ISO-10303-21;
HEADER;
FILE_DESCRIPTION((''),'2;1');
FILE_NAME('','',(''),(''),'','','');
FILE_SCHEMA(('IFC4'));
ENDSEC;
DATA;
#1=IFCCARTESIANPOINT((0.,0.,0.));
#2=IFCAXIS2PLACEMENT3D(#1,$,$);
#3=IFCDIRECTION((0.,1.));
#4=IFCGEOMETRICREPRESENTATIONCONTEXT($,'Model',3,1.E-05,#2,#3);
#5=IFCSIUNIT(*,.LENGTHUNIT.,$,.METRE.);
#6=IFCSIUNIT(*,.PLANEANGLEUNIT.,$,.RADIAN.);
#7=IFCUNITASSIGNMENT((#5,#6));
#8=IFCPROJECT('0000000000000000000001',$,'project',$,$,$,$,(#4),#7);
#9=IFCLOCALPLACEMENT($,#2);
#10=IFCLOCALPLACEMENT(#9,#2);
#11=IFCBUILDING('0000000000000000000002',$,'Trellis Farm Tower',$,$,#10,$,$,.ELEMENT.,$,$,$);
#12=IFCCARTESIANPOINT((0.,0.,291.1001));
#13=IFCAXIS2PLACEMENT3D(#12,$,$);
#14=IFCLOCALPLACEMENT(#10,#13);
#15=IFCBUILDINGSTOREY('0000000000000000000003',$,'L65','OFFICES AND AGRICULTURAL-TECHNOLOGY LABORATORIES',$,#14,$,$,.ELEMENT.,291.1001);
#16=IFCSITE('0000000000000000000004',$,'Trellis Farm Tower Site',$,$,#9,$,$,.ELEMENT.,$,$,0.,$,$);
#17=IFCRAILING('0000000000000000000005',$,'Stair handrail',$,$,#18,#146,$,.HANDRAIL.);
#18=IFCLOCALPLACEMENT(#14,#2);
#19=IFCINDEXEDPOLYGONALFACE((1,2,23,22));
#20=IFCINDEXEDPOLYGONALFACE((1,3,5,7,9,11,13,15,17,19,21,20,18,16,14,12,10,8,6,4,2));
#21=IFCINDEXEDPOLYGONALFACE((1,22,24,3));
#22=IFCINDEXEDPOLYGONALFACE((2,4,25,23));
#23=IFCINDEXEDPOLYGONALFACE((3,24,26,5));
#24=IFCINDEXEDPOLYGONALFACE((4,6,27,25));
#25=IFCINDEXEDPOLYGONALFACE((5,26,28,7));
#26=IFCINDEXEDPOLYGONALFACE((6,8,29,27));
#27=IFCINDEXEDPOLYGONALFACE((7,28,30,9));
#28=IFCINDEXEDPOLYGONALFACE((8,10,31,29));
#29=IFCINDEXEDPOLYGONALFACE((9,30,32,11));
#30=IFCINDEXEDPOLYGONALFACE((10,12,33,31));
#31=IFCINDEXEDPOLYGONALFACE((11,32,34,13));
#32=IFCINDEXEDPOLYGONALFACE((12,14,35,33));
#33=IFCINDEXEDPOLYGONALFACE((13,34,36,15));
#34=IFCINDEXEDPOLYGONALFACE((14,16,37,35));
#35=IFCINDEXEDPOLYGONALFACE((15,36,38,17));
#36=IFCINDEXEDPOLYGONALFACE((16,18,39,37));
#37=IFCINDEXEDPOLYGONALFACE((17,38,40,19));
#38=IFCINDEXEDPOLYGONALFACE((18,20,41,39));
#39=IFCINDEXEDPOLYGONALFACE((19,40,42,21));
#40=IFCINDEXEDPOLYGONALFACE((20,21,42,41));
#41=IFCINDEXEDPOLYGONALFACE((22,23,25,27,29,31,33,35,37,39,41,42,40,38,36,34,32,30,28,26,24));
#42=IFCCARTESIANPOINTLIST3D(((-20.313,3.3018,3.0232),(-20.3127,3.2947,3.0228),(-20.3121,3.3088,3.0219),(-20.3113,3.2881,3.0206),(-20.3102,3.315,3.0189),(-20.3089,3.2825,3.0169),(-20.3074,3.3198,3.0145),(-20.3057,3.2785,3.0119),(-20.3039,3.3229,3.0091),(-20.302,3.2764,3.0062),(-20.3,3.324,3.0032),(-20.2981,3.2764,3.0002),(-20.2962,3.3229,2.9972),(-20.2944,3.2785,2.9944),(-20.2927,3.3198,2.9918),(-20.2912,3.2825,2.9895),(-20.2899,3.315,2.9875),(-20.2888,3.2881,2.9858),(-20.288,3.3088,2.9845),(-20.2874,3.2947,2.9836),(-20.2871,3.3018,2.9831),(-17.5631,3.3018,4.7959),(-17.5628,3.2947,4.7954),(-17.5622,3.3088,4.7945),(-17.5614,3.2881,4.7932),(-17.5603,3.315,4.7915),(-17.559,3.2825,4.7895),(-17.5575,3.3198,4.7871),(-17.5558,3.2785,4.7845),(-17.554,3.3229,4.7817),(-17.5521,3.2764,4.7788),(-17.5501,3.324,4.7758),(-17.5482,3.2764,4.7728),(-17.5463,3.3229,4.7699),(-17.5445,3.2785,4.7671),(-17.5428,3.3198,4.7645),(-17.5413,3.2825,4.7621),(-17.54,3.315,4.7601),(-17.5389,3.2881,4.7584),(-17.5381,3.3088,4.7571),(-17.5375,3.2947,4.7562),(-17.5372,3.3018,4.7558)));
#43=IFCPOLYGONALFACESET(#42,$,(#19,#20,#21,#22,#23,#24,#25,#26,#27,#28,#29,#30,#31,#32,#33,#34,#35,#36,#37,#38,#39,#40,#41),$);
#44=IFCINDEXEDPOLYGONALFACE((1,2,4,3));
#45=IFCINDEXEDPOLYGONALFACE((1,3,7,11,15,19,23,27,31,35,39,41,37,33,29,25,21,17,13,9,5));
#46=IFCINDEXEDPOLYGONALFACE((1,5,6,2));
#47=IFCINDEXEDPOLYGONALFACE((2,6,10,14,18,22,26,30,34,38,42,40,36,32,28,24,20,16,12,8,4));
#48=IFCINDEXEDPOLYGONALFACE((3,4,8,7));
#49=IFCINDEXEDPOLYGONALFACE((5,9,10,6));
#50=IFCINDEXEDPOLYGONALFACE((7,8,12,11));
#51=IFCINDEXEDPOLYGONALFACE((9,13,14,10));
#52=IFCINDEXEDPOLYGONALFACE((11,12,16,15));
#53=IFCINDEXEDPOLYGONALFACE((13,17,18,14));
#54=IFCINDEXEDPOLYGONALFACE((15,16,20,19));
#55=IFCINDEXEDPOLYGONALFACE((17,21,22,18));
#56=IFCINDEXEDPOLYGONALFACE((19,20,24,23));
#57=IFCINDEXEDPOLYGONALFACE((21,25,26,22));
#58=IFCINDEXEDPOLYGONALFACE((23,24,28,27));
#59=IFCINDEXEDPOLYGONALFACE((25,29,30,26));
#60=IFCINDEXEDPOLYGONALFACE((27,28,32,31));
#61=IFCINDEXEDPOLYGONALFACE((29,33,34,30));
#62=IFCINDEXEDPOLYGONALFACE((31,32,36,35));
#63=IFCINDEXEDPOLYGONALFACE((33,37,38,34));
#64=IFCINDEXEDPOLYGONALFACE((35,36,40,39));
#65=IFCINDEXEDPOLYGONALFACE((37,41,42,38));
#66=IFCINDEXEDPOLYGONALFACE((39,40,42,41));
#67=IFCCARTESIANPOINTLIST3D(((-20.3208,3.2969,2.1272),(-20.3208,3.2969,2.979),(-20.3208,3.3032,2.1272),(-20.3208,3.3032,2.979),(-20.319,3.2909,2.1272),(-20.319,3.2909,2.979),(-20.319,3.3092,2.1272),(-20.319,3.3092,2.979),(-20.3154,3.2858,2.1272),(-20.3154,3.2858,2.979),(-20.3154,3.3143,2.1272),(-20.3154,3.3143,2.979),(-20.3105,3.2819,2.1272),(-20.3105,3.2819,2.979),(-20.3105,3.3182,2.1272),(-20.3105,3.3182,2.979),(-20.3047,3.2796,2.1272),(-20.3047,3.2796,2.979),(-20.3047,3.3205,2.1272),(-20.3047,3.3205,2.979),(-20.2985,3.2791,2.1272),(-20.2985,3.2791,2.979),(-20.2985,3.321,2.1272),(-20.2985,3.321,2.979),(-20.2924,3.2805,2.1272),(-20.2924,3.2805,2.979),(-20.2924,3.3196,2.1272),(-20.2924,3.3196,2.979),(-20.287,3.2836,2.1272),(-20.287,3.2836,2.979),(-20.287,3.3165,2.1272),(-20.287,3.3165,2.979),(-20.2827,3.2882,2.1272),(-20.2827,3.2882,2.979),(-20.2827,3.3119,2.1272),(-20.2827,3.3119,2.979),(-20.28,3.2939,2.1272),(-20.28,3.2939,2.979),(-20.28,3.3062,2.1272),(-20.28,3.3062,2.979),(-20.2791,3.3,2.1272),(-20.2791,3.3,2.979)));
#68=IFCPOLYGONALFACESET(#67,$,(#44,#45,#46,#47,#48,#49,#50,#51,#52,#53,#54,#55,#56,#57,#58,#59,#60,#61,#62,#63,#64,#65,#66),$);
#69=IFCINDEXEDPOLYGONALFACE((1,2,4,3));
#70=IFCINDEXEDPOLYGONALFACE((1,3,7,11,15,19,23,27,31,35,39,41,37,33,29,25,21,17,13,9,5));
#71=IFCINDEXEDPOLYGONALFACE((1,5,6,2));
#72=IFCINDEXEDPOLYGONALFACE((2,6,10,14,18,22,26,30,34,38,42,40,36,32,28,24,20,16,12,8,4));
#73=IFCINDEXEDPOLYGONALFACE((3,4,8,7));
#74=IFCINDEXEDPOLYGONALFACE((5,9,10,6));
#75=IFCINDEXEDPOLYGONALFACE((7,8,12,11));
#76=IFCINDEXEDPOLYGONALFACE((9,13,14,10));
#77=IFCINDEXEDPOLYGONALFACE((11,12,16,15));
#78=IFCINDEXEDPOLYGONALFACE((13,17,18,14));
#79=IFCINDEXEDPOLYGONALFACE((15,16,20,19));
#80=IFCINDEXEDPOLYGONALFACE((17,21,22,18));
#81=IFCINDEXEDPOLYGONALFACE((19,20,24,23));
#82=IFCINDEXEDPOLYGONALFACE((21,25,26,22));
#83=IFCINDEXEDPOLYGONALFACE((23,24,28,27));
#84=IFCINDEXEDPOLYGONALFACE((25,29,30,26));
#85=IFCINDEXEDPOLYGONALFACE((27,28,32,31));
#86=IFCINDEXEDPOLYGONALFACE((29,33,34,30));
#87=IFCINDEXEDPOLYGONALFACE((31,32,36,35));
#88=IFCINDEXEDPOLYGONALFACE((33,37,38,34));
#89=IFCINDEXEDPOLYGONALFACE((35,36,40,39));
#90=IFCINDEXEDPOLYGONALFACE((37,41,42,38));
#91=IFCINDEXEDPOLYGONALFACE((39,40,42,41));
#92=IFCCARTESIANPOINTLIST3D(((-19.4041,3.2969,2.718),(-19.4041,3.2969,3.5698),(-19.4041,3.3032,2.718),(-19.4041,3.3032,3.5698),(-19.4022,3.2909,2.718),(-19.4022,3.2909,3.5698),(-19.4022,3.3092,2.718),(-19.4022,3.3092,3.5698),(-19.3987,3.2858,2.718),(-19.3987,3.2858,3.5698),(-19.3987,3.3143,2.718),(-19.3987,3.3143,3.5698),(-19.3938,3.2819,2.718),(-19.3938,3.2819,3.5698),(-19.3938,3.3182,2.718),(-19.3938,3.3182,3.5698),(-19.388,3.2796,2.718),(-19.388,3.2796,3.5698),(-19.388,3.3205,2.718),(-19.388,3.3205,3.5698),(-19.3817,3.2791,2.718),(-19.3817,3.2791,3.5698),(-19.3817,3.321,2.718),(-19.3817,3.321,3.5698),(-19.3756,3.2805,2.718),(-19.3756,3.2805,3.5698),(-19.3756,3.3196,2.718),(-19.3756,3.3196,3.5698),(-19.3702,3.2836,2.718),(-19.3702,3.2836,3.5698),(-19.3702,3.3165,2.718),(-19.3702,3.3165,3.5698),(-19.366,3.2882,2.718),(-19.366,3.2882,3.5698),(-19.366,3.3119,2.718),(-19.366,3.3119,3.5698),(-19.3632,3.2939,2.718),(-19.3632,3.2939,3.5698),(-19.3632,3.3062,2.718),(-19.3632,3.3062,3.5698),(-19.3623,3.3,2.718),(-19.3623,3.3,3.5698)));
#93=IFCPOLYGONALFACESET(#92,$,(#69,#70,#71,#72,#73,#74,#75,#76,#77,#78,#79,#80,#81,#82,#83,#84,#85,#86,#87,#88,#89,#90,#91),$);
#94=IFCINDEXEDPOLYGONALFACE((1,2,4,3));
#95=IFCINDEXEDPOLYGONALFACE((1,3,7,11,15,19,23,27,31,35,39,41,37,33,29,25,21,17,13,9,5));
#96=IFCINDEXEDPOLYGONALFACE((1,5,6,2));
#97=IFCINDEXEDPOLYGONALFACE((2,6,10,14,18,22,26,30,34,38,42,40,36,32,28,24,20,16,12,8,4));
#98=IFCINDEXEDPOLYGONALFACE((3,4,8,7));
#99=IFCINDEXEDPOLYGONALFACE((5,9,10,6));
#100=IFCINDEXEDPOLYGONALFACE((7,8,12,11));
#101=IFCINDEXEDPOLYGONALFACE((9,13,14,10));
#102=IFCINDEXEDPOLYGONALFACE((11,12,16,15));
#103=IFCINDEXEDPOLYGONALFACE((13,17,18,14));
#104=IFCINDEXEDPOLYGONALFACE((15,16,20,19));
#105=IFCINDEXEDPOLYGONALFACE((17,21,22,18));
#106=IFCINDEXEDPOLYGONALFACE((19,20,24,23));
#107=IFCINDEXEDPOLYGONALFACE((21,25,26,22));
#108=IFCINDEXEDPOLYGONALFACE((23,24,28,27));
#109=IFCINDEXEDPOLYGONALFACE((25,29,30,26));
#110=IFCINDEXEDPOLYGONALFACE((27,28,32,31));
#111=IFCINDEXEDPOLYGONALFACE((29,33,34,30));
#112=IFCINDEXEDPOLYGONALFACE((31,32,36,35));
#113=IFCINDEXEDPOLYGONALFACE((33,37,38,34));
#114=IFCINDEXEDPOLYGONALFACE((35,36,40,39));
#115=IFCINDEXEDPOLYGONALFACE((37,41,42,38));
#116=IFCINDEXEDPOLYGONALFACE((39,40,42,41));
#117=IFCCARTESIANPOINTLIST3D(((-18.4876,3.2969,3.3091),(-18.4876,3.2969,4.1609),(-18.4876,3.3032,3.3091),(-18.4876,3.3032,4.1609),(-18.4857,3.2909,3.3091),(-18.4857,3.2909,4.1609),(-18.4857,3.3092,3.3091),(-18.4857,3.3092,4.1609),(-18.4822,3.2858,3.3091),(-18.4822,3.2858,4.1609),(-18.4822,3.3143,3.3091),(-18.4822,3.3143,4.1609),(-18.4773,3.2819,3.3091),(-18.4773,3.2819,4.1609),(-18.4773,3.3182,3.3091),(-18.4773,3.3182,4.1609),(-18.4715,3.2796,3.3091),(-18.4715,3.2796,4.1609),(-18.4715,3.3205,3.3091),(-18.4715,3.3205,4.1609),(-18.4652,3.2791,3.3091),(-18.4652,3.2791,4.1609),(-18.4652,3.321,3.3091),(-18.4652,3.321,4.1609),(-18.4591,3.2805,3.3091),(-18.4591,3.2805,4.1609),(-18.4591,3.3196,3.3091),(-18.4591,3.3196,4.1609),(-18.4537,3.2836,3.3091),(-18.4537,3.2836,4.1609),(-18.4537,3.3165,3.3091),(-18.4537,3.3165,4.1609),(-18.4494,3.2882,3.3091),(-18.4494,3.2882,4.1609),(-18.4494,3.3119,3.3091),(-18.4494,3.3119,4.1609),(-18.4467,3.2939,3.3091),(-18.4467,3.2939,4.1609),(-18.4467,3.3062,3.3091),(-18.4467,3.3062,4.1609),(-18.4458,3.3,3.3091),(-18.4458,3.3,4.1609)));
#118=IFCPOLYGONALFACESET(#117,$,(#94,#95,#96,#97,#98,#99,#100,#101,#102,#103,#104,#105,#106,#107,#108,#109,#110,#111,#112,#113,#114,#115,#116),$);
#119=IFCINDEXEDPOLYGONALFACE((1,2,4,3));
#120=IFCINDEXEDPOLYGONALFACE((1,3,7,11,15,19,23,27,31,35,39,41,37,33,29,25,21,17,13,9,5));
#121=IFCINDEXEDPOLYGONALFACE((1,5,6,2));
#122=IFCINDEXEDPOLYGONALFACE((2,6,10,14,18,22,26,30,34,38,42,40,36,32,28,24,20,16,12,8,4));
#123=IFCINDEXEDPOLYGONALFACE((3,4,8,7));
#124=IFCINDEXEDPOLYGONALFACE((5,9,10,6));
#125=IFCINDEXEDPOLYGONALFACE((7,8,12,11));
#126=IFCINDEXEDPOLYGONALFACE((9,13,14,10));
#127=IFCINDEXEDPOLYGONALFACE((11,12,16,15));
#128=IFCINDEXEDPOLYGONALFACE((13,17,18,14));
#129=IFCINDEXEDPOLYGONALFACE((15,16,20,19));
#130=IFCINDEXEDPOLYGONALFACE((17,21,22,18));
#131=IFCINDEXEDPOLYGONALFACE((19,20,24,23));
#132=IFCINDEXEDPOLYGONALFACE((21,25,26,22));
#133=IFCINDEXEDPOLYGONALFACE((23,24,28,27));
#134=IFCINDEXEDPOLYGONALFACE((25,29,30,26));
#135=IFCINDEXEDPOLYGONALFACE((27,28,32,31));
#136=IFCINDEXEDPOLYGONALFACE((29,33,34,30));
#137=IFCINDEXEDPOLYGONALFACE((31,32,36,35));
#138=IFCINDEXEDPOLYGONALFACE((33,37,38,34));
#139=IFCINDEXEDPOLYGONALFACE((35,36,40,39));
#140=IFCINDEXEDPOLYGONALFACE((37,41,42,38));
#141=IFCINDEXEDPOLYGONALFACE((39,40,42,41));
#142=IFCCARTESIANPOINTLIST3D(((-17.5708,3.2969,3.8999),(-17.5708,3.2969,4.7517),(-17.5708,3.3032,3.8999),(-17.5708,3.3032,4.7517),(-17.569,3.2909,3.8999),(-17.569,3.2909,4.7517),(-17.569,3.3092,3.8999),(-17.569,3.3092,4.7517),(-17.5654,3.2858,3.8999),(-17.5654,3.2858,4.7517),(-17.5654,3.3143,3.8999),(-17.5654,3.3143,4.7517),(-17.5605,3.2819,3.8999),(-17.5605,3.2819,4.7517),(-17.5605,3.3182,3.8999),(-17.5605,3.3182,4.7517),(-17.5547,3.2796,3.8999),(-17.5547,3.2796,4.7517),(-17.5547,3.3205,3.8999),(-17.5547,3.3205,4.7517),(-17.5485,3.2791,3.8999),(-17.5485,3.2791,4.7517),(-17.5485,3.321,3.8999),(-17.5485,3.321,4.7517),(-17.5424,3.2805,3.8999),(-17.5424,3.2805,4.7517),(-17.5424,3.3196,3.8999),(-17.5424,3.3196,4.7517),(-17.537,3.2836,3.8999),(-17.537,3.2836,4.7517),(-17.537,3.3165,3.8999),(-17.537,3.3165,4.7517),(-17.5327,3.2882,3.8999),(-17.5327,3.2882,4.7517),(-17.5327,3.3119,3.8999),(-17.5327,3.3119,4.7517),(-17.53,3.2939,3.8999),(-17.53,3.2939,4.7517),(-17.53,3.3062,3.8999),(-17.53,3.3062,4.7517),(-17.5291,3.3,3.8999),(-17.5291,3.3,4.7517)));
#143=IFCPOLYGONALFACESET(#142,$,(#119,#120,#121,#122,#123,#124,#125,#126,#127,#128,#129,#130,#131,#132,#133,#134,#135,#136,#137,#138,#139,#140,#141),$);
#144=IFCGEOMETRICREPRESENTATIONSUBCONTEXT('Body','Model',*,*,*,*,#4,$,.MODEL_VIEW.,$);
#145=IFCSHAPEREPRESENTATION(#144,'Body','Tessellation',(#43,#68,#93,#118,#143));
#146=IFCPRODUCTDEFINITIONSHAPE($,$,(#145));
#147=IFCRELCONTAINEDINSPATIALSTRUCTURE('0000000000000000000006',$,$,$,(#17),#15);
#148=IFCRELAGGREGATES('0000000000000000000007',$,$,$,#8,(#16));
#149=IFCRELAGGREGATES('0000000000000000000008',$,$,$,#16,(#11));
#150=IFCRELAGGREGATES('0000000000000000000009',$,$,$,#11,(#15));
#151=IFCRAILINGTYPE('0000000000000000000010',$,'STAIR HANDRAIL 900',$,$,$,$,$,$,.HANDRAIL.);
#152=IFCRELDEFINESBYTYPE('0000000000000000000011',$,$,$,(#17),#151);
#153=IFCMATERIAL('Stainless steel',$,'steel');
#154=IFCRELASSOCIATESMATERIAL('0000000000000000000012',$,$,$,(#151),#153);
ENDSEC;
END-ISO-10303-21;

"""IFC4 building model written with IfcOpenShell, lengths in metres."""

from ifc_helpers import new_model, si_unit, direction, frame, origin, origin_2d, place, context, subcontext, project, spatial, circle, extrude, source, transform, mapped, material, type_object, element, save


model = new_model("IFC4")

# Units and contexts
model_context = context("Model", 3, precision=1e-05, world=origin(), true_north=direction((0.0, 1.0)))
body_context = subcontext(model_context, "Body", "Model", "MODEL_VIEW")
ifc_project = project(units=[si_unit("LENGTHUNIT", "METRE"), si_unit("PLANEANGLEUNIT", "RADIAN")], contexts=[model_context])

# Site, building, storey
site_placement = place(None, origin())
site = spatial("IfcSite", under=ifc_project, at=site_placement, Name="Trellis Farm Tower Site", CompositionType="ELEMENT", RefElevation=0.0)
building_placement = place(site_placement, origin())
building = spatial("IfcBuilding", under=site, at=building_placement, Name="Trellis Farm Tower", CompositionType="ELEMENT")
storey_placement = place(building_placement, frame((0.0, 0.0, 291.1001)))
storey = spatial("IfcBuildingStorey", under=building, at=storey_placement, Name="L65", Description="OFFICES AND AGRICULTURAL-TECHNOLOGY LABORATORIES", CompositionType="ELEMENT", Elevation=291.1001)

# Railing
ifc_material_1 = material(Name="Stainless steel", Category="steel")
railing_type = type_object("IfcRailingType", Name="STAIR HANDRAIL 900", PredefinedType="HANDRAIL", material=ifc_material_1)
shared_shape_1 = source(origin(), body_context, "Body", "SweptSolid", [
    extrude(circle(Radius=0.0239, at=origin_2d()), frame((0.0, 0.0, 0.876), z_axis=(0.840504, 0.0, 0.541806), x_axis=(0.0, 1.0, 0.0)), (0.0, 0.0, 1.0), 3.2717),
    extrude(circle(Radius=0.021, at=origin_2d()), origin(), (0.0, 0.0, 1.0), 0.8518),
    extrude(circle(Radius=0.021, at=origin_2d()), frame((0.9167, 0.0, 0.5908)), (0.0, 0.0, 1.0), 0.8518),
    extrude(circle(Radius=0.021, at=origin_2d()), frame((1.8333, 0.0, 1.1819)), (0.0, 0.0, 1.0), 0.8518),
    extrude(circle(Radius=0.021, at=origin_2d()), frame((2.75, 0.0, 1.7727)), (0.0, 0.0, 1.0), 0.8518),
])
for number, where, name in (
    (1, (-20.3, 3.3, 2.1272), "Stair handrail"),
):
    element("IfcRailing", number, at=place(storey_placement, frame(where)), inside=storey, type_object=railing_type, Name=name, PredefinedType="HANDRAIL", context=body_context, shape_type="MappedRepresentation", body=[
        mapped(shared_shape_1, transform((0.0, 0.0, 0.0))),
    ])

save(model, "model.ifc")
